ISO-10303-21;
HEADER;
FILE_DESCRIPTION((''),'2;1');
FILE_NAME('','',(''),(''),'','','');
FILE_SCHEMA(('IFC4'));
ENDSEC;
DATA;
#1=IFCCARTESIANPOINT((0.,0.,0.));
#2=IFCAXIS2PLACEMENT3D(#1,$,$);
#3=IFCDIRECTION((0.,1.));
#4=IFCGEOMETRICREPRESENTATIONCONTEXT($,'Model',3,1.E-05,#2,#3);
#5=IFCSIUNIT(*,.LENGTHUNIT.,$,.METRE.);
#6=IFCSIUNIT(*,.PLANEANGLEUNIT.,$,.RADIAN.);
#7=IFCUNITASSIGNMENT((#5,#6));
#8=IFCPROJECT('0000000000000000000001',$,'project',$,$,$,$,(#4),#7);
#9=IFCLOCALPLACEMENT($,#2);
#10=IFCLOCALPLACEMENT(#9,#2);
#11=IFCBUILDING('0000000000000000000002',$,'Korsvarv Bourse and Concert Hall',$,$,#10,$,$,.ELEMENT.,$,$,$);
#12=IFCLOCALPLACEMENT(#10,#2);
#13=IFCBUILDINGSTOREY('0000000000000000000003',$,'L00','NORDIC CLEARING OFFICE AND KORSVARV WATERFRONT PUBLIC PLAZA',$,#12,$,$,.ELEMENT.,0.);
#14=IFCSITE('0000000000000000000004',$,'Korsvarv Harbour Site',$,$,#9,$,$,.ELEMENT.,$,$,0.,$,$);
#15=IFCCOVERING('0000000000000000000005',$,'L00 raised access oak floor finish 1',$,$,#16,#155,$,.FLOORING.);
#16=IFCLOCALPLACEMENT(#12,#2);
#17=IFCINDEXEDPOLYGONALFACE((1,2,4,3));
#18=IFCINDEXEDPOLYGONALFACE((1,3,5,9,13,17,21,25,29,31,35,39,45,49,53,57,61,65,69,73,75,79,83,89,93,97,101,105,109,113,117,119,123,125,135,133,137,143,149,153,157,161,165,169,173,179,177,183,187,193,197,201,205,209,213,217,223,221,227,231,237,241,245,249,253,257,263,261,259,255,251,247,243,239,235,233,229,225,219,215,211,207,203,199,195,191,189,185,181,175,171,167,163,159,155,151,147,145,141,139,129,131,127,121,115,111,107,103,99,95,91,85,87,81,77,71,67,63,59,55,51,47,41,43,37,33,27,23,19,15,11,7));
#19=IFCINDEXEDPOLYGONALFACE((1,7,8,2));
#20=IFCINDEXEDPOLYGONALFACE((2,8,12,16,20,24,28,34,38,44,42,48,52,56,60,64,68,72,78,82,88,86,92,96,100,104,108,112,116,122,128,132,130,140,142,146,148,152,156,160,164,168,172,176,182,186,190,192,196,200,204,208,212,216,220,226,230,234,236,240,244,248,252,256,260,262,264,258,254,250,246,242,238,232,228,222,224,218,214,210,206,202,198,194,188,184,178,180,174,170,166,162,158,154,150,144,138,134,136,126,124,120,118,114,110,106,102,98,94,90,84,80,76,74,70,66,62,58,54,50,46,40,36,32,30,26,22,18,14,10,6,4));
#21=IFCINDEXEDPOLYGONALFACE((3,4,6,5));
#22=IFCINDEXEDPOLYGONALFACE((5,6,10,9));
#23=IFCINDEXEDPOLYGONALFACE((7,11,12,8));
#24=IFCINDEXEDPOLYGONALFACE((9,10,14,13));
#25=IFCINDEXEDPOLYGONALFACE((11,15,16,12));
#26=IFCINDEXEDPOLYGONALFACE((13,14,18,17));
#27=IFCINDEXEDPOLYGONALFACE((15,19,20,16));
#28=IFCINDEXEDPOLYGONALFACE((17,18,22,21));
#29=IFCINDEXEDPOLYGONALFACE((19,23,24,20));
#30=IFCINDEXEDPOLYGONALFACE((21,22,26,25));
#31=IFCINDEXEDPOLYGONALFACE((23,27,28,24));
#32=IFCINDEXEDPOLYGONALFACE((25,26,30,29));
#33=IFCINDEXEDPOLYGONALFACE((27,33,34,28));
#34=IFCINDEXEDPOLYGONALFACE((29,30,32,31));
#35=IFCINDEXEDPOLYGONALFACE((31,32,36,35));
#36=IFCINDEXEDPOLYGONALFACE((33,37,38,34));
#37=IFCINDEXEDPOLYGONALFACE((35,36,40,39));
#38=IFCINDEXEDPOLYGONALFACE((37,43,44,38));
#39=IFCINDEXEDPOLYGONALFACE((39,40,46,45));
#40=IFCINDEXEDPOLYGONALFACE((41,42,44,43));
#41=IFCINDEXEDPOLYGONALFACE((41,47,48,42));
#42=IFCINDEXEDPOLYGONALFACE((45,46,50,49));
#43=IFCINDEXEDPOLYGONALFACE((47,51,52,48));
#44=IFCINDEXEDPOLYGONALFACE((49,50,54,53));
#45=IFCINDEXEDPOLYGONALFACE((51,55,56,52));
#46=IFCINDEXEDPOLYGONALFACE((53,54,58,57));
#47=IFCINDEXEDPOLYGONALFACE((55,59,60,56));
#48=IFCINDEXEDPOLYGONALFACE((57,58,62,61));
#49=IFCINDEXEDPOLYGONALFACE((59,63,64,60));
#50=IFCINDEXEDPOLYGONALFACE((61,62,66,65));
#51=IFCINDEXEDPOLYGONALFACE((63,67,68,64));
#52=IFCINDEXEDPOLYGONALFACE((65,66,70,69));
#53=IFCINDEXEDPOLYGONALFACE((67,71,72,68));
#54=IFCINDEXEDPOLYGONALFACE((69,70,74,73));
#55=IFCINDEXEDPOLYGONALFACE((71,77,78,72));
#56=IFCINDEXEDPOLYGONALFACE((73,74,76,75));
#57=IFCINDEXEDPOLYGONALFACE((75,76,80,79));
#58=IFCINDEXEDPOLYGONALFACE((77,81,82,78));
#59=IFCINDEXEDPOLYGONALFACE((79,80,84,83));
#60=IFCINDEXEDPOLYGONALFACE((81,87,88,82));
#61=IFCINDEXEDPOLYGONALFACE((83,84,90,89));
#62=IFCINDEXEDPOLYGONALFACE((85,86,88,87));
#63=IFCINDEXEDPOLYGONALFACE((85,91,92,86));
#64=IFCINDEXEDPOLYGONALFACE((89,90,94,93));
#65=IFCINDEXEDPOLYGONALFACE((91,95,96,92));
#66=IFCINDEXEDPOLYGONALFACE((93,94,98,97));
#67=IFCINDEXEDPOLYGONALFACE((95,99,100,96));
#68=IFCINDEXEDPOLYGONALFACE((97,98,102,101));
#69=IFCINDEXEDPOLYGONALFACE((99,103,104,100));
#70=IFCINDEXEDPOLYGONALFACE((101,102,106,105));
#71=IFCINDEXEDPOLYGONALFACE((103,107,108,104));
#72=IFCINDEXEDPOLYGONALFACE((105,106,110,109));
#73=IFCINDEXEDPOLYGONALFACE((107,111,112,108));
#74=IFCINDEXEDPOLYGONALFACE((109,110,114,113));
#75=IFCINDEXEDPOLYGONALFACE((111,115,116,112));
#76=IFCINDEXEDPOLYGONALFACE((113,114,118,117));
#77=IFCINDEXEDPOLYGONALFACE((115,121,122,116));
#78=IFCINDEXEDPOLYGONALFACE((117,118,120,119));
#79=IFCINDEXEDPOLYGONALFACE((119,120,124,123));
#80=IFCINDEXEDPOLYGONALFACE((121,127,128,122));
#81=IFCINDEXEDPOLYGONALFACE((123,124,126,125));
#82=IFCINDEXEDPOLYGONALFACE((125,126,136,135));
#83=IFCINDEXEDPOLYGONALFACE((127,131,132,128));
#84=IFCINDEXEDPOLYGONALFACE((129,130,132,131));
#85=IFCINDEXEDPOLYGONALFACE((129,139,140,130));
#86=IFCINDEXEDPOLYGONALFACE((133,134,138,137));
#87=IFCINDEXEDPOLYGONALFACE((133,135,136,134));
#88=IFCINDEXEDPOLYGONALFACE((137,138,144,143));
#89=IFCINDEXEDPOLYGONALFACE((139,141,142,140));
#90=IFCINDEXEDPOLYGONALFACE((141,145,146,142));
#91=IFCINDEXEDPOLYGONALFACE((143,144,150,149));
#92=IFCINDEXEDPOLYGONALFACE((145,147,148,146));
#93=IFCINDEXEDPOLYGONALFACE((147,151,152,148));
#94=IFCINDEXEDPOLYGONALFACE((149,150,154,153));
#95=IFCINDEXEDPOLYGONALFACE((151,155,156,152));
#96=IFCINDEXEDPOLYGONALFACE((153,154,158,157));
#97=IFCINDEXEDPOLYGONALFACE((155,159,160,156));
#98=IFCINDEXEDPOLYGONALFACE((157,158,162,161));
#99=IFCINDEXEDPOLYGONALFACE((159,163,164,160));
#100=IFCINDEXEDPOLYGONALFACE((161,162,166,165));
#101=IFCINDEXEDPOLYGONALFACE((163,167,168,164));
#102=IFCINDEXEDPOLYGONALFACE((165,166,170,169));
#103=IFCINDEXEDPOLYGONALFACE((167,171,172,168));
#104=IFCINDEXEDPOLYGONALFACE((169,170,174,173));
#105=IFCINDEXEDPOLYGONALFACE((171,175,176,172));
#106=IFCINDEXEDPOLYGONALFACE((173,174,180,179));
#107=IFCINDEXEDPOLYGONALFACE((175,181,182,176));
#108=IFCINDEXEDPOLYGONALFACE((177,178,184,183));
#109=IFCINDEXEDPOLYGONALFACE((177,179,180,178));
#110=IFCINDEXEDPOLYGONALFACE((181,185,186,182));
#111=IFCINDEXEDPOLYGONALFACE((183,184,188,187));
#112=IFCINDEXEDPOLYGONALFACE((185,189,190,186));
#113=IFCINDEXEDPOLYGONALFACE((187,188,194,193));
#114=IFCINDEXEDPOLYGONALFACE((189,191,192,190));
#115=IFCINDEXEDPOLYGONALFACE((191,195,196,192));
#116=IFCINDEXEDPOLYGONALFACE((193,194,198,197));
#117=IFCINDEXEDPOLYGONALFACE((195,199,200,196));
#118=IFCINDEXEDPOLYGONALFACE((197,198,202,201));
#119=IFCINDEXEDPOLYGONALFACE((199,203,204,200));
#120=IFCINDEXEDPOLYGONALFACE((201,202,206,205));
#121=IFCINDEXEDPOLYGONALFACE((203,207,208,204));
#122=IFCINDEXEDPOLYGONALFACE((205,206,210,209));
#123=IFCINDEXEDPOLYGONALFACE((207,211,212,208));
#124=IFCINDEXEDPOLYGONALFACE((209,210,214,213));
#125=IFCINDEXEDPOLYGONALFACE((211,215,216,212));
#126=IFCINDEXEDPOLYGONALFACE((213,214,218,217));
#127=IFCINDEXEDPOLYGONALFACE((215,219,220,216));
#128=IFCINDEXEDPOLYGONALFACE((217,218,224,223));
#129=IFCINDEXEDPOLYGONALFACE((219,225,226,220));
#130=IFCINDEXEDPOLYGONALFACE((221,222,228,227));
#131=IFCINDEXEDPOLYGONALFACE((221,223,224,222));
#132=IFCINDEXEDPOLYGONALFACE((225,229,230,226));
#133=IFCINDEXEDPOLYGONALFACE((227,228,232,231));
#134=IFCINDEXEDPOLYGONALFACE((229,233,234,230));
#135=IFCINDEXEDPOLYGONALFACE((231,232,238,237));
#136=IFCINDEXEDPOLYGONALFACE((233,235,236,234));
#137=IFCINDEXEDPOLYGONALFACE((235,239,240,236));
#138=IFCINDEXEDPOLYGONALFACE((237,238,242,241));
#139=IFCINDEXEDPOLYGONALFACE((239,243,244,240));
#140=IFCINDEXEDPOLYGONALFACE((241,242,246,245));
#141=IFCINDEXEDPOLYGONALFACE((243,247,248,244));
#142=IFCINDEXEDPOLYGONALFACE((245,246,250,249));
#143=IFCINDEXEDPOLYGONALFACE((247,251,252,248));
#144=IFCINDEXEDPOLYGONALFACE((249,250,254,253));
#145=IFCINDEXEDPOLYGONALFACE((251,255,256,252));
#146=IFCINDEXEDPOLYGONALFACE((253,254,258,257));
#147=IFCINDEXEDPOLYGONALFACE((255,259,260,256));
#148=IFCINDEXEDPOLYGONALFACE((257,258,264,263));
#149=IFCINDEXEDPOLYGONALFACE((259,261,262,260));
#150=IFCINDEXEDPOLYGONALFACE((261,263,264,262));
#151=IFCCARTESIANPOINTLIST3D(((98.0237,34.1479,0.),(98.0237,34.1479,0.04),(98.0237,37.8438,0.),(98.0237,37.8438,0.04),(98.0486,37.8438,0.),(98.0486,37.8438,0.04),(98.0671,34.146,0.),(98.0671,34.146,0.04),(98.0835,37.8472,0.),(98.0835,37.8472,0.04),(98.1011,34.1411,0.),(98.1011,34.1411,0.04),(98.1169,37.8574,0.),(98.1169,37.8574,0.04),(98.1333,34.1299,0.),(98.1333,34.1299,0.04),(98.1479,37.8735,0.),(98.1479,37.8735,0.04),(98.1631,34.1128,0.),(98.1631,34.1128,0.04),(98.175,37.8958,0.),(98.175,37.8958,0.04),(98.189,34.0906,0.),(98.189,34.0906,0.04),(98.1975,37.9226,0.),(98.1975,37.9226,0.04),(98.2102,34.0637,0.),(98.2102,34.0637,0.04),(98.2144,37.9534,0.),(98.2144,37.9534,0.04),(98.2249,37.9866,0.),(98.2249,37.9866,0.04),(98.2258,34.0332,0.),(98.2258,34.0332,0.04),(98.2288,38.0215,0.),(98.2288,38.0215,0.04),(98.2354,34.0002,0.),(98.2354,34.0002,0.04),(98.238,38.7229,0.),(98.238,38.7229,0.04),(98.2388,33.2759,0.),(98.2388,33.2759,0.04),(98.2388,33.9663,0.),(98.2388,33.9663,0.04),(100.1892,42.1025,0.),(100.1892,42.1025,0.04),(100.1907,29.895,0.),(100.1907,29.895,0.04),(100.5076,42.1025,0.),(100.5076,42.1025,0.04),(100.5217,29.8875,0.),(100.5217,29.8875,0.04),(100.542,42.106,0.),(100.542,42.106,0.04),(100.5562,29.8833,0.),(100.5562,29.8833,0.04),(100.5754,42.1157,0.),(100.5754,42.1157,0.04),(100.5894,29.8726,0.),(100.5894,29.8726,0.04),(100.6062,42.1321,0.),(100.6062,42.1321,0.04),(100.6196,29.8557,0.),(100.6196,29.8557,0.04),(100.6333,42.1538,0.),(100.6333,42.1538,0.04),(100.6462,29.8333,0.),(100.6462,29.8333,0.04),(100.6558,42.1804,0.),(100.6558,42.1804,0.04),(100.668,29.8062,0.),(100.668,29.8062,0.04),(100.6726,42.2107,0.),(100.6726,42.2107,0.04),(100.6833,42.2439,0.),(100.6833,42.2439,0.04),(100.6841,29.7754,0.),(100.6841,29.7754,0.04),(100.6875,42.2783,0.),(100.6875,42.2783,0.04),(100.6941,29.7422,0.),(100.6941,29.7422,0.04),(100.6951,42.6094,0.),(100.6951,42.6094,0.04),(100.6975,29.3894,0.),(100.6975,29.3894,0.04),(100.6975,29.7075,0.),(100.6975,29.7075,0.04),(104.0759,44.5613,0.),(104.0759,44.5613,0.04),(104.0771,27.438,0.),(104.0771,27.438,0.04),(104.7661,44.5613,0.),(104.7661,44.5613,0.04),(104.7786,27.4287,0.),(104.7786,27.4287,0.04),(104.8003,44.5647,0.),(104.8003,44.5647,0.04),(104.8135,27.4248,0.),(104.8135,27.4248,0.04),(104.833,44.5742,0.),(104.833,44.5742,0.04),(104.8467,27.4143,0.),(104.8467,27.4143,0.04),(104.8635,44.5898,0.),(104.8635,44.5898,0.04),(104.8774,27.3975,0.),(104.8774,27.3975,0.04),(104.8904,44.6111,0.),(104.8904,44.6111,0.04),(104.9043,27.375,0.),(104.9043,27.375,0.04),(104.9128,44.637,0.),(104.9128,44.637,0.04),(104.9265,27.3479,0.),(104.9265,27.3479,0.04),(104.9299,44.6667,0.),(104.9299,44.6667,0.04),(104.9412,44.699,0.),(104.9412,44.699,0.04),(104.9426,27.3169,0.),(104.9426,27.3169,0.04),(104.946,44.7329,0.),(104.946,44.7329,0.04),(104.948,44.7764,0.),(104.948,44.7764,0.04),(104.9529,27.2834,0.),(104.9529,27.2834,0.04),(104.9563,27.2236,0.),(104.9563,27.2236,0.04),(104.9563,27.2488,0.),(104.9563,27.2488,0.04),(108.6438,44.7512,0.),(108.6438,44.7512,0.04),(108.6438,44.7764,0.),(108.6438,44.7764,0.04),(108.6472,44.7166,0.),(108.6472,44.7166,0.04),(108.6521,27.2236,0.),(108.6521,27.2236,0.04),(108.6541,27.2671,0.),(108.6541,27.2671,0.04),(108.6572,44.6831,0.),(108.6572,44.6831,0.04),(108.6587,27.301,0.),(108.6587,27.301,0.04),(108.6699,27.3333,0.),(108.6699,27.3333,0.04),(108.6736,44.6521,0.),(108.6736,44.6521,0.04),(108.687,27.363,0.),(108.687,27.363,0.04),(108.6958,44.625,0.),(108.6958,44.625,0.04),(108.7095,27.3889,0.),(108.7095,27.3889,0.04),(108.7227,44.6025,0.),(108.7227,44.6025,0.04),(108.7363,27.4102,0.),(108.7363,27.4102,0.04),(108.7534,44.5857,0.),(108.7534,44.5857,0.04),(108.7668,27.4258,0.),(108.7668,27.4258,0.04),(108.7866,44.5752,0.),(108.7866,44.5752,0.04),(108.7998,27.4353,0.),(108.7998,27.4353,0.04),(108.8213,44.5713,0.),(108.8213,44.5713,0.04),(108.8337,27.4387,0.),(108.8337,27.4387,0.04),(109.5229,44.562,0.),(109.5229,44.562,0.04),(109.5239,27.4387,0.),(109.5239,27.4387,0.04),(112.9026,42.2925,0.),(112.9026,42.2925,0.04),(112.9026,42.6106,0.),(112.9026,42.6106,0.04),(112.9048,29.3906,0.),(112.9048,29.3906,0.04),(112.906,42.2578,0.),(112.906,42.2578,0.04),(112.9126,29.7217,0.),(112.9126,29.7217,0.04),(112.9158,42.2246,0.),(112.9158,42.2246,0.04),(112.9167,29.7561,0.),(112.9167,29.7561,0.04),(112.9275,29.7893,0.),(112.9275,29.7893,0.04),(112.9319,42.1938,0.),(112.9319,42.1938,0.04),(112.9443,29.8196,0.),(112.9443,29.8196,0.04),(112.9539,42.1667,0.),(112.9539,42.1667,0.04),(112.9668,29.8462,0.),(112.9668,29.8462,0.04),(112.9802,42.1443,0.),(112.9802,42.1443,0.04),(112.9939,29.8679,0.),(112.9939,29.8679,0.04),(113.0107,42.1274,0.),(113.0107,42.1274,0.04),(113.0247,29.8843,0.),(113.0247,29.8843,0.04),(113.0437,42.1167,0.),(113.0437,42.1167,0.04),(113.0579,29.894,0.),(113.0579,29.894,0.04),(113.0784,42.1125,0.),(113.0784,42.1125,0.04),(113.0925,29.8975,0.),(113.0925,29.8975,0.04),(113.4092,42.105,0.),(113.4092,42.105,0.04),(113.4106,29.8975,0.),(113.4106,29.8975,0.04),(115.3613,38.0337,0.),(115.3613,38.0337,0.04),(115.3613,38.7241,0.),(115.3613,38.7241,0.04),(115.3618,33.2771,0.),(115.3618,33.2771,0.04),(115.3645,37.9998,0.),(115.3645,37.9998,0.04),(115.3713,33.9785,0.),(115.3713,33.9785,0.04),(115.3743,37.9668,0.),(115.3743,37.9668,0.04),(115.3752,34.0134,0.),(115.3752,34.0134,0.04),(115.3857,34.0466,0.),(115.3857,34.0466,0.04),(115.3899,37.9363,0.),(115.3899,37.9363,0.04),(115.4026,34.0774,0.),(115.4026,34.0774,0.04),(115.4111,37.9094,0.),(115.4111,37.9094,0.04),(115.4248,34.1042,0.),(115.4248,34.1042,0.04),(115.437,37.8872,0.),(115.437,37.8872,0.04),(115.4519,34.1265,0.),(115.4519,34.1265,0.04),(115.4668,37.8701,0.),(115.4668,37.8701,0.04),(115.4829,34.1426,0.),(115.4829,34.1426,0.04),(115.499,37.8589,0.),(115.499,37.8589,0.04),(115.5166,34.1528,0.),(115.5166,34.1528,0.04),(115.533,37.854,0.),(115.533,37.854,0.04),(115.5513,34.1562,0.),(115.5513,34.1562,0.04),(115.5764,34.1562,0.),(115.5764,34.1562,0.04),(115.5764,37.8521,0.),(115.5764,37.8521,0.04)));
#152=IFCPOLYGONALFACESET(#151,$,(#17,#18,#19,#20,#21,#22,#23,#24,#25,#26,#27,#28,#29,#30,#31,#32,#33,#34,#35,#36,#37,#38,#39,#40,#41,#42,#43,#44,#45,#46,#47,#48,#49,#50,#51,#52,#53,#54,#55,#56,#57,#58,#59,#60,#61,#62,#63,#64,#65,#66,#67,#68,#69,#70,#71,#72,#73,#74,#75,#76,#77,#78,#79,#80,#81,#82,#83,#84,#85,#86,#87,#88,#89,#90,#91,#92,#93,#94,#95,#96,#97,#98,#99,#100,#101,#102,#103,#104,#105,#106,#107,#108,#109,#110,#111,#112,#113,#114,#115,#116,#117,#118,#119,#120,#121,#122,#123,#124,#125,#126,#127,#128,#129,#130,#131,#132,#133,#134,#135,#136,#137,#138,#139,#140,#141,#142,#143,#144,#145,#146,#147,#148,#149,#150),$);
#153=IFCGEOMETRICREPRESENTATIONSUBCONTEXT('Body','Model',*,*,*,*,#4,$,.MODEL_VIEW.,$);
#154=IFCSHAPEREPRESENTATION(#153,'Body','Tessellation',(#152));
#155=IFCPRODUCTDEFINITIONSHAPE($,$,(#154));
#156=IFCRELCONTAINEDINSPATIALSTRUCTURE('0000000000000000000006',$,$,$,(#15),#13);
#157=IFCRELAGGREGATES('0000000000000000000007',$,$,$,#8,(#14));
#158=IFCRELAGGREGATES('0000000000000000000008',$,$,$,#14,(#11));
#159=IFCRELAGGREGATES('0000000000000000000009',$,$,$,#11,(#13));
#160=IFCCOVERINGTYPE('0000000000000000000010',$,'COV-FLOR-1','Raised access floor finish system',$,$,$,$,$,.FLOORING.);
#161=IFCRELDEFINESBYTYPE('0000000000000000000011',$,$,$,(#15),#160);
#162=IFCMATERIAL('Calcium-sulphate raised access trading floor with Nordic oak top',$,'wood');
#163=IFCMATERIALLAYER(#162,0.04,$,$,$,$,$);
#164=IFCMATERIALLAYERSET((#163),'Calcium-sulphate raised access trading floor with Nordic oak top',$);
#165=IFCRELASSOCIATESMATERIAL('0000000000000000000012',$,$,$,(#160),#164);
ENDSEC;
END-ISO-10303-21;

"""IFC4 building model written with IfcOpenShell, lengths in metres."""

from ifc_helpers import new_model, si_unit, direction, origin, place, context, subcontext, project, spatial, polyline, outline, extrude, material, layer, layer_set, type_object, element, save


model = new_model("IFC4")

# Units and contexts
model_context = context("Model", 3, precision=1e-05, world=origin(), true_north=direction((0.0, 1.0)))
body_context = subcontext(model_context, "Body", "Model", "MODEL_VIEW")
ifc_project = project(units=[si_unit("LENGTHUNIT", "METRE"), si_unit("PLANEANGLEUNIT", "RADIAN")], contexts=[model_context])

# Site, building, storey
site_placement = place(None, origin())
site = spatial("IfcSite", under=ifc_project, at=site_placement, Name="Korsvarv Harbour Site", CompositionType="ELEMENT", RefElevation=0.0)
building_placement = place(site_placement, origin())
building = spatial("IfcBuilding", under=site, at=building_placement, Name="Korsvarv Bourse and Concert Hall", CompositionType="ELEMENT")
storey_placement = place(building_placement, origin())
storey = spatial("IfcBuildingStorey", under=building, at=storey_placement, Name="L00", Description="NORDIC CLEARING OFFICE AND KORSVARV WATERFRONT PUBLIC PLAZA", CompositionType="ELEMENT", Elevation=0.0)

# Covering
ifc_material_1 = material(Name="Calcium-sulphate raised access trading floor with Nordic oak top", Category="wood")
ifc_layer_1 = layer(ifc_material_1, 0.04)
ifc_layer_set_1 = layer_set([ifc_layer_1], Name="Calcium-sulphate raised access trading floor with Nordic oak top")
covering_type_1 = type_object("IfcCoveringType", Name="COV-FLOR-1", Description="Raised access floor finish system", PredefinedType="FLOORING", material=ifc_layer_set_1)
covering_1_placement = place(storey_placement, origin())
element("IfcCovering", 1, at=covering_1_placement, inside=storey, type_object=covering_type_1, Name="L00 raised access oak floor finish 1", PredefinedType="FLOORING", context=body_context, shape_type="SweptSolid", body=[
    extrude(outline(polyline([(115.5513, 34.1562), (115.5166, 34.1528), (115.4829, 34.1426), (115.4519, 34.1265), (115.4248, 34.1042), (115.4026, 34.0774), (115.3857, 34.0466), (115.3752, 34.0134), (115.3713, 33.9785), (115.3618, 33.2771), (113.4106, 29.8975), (113.0925, 29.8975), (113.0579, 29.894), (113.0247, 29.8843), (112.9939, 29.8679), (112.9668, 29.8462), (112.9443, 29.8196), (112.9275, 29.7893), (112.9167, 29.7561), (112.9126, 29.7217), (112.9048, 29.3906), (109.5239, 27.4387), (108.8337, 27.4387), (108.7998, 27.4353), (108.7668, 27.4258), (108.7363, 27.4102), (108.7095, 27.3889), (108.687, 27.363), (108.6699, 27.3333), (108.6587, 27.301), (108.6541, 27.2671), (108.6521, 27.2236), (104.9563, 27.2236), (104.9563, 27.2488), (104.9529, 27.2834), (104.9426, 27.3169), (104.9265, 27.3479), (104.9043, 27.375), (104.8774, 27.3975), (104.8467, 27.4143), (104.8135, 27.4248), (104.7786, 27.4287), (104.0771, 27.438), (100.6975, 29.3894), (100.6975, 29.7075), (100.6941, 29.7422), (100.6841, 29.7754), (100.668, 29.8062), (100.6462, 29.8333), (100.6196, 29.8557), (100.5894, 29.8726), (100.5562, 29.8833), (100.5217, 29.8875), (100.1907, 29.895), (98.2388, 33.2759), (98.2388, 33.9663), (98.2354, 34.0002), (98.2258, 34.0332), (98.2102, 34.0637), (98.189, 34.0906), (98.1631, 34.1128), (98.1333, 34.1299), (98.1011, 34.1411), (98.0671, 34.146), (98.0237, 34.1479), (98.0237, 37.8438), (98.0486, 37.8438), (98.0835, 37.8472), (98.1169, 37.8574), (98.1479, 37.8735), (98.175, 37.8958), (98.1975, 37.9226), (98.2144, 37.9534), (98.2249, 37.9866), (98.2288, 38.0215), (98.238, 38.7229), (100.1892, 42.1025), (100.5076, 42.1025), (100.542, 42.106), (100.5754, 42.1157), (100.6062, 42.1321), (100.6333, 42.1538), (100.6558, 42.1804), (100.6726, 42.2107), (100.6833, 42.2439), (100.6875, 42.2783), (100.6951, 42.6094), (104.0759, 44.5613), (104.7661, 44.5613), (104.8003, 44.5647), (104.833, 44.5742), (104.8635, 44.5898), (104.8904, 44.6111), (104.9128, 44.637), (104.9299, 44.6667), (104.9412, 44.699), (104.946, 44.7329), (104.948, 44.7764), (108.6438, 44.7764), (108.6438, 44.7512), (108.6472, 44.7166), (108.6572, 44.6831), (108.6736, 44.6521), (108.6958, 44.625), (108.7227, 44.6025), (108.7534, 44.5857), (108.7866, 44.5752), (108.8213, 44.5713), (109.5229, 44.562), (112.9026, 42.6106), (112.9026, 42.2925), (112.906, 42.2578), (112.9158, 42.2246), (112.9319, 42.1938), (112.9539, 42.1667), (112.9802, 42.1443), (113.0107, 42.1274), (113.0437, 42.1167), (113.0784, 42.1125), (113.4092, 42.105), (115.3613, 38.7241), (115.3613, 38.0337), (115.3645, 37.9998), (115.3743, 37.9668), (115.3899, 37.9363), (115.4111, 37.9094), (115.437, 37.8872), (115.4668, 37.8701), (115.499, 37.8589), (115.533, 37.854), (115.5764, 37.8521), (115.5764, 34.1562), (115.5513, 34.1562)])), origin(), (0.0, 0.0, 1.0), 0.04),
])

save(model, "model.ifc")
